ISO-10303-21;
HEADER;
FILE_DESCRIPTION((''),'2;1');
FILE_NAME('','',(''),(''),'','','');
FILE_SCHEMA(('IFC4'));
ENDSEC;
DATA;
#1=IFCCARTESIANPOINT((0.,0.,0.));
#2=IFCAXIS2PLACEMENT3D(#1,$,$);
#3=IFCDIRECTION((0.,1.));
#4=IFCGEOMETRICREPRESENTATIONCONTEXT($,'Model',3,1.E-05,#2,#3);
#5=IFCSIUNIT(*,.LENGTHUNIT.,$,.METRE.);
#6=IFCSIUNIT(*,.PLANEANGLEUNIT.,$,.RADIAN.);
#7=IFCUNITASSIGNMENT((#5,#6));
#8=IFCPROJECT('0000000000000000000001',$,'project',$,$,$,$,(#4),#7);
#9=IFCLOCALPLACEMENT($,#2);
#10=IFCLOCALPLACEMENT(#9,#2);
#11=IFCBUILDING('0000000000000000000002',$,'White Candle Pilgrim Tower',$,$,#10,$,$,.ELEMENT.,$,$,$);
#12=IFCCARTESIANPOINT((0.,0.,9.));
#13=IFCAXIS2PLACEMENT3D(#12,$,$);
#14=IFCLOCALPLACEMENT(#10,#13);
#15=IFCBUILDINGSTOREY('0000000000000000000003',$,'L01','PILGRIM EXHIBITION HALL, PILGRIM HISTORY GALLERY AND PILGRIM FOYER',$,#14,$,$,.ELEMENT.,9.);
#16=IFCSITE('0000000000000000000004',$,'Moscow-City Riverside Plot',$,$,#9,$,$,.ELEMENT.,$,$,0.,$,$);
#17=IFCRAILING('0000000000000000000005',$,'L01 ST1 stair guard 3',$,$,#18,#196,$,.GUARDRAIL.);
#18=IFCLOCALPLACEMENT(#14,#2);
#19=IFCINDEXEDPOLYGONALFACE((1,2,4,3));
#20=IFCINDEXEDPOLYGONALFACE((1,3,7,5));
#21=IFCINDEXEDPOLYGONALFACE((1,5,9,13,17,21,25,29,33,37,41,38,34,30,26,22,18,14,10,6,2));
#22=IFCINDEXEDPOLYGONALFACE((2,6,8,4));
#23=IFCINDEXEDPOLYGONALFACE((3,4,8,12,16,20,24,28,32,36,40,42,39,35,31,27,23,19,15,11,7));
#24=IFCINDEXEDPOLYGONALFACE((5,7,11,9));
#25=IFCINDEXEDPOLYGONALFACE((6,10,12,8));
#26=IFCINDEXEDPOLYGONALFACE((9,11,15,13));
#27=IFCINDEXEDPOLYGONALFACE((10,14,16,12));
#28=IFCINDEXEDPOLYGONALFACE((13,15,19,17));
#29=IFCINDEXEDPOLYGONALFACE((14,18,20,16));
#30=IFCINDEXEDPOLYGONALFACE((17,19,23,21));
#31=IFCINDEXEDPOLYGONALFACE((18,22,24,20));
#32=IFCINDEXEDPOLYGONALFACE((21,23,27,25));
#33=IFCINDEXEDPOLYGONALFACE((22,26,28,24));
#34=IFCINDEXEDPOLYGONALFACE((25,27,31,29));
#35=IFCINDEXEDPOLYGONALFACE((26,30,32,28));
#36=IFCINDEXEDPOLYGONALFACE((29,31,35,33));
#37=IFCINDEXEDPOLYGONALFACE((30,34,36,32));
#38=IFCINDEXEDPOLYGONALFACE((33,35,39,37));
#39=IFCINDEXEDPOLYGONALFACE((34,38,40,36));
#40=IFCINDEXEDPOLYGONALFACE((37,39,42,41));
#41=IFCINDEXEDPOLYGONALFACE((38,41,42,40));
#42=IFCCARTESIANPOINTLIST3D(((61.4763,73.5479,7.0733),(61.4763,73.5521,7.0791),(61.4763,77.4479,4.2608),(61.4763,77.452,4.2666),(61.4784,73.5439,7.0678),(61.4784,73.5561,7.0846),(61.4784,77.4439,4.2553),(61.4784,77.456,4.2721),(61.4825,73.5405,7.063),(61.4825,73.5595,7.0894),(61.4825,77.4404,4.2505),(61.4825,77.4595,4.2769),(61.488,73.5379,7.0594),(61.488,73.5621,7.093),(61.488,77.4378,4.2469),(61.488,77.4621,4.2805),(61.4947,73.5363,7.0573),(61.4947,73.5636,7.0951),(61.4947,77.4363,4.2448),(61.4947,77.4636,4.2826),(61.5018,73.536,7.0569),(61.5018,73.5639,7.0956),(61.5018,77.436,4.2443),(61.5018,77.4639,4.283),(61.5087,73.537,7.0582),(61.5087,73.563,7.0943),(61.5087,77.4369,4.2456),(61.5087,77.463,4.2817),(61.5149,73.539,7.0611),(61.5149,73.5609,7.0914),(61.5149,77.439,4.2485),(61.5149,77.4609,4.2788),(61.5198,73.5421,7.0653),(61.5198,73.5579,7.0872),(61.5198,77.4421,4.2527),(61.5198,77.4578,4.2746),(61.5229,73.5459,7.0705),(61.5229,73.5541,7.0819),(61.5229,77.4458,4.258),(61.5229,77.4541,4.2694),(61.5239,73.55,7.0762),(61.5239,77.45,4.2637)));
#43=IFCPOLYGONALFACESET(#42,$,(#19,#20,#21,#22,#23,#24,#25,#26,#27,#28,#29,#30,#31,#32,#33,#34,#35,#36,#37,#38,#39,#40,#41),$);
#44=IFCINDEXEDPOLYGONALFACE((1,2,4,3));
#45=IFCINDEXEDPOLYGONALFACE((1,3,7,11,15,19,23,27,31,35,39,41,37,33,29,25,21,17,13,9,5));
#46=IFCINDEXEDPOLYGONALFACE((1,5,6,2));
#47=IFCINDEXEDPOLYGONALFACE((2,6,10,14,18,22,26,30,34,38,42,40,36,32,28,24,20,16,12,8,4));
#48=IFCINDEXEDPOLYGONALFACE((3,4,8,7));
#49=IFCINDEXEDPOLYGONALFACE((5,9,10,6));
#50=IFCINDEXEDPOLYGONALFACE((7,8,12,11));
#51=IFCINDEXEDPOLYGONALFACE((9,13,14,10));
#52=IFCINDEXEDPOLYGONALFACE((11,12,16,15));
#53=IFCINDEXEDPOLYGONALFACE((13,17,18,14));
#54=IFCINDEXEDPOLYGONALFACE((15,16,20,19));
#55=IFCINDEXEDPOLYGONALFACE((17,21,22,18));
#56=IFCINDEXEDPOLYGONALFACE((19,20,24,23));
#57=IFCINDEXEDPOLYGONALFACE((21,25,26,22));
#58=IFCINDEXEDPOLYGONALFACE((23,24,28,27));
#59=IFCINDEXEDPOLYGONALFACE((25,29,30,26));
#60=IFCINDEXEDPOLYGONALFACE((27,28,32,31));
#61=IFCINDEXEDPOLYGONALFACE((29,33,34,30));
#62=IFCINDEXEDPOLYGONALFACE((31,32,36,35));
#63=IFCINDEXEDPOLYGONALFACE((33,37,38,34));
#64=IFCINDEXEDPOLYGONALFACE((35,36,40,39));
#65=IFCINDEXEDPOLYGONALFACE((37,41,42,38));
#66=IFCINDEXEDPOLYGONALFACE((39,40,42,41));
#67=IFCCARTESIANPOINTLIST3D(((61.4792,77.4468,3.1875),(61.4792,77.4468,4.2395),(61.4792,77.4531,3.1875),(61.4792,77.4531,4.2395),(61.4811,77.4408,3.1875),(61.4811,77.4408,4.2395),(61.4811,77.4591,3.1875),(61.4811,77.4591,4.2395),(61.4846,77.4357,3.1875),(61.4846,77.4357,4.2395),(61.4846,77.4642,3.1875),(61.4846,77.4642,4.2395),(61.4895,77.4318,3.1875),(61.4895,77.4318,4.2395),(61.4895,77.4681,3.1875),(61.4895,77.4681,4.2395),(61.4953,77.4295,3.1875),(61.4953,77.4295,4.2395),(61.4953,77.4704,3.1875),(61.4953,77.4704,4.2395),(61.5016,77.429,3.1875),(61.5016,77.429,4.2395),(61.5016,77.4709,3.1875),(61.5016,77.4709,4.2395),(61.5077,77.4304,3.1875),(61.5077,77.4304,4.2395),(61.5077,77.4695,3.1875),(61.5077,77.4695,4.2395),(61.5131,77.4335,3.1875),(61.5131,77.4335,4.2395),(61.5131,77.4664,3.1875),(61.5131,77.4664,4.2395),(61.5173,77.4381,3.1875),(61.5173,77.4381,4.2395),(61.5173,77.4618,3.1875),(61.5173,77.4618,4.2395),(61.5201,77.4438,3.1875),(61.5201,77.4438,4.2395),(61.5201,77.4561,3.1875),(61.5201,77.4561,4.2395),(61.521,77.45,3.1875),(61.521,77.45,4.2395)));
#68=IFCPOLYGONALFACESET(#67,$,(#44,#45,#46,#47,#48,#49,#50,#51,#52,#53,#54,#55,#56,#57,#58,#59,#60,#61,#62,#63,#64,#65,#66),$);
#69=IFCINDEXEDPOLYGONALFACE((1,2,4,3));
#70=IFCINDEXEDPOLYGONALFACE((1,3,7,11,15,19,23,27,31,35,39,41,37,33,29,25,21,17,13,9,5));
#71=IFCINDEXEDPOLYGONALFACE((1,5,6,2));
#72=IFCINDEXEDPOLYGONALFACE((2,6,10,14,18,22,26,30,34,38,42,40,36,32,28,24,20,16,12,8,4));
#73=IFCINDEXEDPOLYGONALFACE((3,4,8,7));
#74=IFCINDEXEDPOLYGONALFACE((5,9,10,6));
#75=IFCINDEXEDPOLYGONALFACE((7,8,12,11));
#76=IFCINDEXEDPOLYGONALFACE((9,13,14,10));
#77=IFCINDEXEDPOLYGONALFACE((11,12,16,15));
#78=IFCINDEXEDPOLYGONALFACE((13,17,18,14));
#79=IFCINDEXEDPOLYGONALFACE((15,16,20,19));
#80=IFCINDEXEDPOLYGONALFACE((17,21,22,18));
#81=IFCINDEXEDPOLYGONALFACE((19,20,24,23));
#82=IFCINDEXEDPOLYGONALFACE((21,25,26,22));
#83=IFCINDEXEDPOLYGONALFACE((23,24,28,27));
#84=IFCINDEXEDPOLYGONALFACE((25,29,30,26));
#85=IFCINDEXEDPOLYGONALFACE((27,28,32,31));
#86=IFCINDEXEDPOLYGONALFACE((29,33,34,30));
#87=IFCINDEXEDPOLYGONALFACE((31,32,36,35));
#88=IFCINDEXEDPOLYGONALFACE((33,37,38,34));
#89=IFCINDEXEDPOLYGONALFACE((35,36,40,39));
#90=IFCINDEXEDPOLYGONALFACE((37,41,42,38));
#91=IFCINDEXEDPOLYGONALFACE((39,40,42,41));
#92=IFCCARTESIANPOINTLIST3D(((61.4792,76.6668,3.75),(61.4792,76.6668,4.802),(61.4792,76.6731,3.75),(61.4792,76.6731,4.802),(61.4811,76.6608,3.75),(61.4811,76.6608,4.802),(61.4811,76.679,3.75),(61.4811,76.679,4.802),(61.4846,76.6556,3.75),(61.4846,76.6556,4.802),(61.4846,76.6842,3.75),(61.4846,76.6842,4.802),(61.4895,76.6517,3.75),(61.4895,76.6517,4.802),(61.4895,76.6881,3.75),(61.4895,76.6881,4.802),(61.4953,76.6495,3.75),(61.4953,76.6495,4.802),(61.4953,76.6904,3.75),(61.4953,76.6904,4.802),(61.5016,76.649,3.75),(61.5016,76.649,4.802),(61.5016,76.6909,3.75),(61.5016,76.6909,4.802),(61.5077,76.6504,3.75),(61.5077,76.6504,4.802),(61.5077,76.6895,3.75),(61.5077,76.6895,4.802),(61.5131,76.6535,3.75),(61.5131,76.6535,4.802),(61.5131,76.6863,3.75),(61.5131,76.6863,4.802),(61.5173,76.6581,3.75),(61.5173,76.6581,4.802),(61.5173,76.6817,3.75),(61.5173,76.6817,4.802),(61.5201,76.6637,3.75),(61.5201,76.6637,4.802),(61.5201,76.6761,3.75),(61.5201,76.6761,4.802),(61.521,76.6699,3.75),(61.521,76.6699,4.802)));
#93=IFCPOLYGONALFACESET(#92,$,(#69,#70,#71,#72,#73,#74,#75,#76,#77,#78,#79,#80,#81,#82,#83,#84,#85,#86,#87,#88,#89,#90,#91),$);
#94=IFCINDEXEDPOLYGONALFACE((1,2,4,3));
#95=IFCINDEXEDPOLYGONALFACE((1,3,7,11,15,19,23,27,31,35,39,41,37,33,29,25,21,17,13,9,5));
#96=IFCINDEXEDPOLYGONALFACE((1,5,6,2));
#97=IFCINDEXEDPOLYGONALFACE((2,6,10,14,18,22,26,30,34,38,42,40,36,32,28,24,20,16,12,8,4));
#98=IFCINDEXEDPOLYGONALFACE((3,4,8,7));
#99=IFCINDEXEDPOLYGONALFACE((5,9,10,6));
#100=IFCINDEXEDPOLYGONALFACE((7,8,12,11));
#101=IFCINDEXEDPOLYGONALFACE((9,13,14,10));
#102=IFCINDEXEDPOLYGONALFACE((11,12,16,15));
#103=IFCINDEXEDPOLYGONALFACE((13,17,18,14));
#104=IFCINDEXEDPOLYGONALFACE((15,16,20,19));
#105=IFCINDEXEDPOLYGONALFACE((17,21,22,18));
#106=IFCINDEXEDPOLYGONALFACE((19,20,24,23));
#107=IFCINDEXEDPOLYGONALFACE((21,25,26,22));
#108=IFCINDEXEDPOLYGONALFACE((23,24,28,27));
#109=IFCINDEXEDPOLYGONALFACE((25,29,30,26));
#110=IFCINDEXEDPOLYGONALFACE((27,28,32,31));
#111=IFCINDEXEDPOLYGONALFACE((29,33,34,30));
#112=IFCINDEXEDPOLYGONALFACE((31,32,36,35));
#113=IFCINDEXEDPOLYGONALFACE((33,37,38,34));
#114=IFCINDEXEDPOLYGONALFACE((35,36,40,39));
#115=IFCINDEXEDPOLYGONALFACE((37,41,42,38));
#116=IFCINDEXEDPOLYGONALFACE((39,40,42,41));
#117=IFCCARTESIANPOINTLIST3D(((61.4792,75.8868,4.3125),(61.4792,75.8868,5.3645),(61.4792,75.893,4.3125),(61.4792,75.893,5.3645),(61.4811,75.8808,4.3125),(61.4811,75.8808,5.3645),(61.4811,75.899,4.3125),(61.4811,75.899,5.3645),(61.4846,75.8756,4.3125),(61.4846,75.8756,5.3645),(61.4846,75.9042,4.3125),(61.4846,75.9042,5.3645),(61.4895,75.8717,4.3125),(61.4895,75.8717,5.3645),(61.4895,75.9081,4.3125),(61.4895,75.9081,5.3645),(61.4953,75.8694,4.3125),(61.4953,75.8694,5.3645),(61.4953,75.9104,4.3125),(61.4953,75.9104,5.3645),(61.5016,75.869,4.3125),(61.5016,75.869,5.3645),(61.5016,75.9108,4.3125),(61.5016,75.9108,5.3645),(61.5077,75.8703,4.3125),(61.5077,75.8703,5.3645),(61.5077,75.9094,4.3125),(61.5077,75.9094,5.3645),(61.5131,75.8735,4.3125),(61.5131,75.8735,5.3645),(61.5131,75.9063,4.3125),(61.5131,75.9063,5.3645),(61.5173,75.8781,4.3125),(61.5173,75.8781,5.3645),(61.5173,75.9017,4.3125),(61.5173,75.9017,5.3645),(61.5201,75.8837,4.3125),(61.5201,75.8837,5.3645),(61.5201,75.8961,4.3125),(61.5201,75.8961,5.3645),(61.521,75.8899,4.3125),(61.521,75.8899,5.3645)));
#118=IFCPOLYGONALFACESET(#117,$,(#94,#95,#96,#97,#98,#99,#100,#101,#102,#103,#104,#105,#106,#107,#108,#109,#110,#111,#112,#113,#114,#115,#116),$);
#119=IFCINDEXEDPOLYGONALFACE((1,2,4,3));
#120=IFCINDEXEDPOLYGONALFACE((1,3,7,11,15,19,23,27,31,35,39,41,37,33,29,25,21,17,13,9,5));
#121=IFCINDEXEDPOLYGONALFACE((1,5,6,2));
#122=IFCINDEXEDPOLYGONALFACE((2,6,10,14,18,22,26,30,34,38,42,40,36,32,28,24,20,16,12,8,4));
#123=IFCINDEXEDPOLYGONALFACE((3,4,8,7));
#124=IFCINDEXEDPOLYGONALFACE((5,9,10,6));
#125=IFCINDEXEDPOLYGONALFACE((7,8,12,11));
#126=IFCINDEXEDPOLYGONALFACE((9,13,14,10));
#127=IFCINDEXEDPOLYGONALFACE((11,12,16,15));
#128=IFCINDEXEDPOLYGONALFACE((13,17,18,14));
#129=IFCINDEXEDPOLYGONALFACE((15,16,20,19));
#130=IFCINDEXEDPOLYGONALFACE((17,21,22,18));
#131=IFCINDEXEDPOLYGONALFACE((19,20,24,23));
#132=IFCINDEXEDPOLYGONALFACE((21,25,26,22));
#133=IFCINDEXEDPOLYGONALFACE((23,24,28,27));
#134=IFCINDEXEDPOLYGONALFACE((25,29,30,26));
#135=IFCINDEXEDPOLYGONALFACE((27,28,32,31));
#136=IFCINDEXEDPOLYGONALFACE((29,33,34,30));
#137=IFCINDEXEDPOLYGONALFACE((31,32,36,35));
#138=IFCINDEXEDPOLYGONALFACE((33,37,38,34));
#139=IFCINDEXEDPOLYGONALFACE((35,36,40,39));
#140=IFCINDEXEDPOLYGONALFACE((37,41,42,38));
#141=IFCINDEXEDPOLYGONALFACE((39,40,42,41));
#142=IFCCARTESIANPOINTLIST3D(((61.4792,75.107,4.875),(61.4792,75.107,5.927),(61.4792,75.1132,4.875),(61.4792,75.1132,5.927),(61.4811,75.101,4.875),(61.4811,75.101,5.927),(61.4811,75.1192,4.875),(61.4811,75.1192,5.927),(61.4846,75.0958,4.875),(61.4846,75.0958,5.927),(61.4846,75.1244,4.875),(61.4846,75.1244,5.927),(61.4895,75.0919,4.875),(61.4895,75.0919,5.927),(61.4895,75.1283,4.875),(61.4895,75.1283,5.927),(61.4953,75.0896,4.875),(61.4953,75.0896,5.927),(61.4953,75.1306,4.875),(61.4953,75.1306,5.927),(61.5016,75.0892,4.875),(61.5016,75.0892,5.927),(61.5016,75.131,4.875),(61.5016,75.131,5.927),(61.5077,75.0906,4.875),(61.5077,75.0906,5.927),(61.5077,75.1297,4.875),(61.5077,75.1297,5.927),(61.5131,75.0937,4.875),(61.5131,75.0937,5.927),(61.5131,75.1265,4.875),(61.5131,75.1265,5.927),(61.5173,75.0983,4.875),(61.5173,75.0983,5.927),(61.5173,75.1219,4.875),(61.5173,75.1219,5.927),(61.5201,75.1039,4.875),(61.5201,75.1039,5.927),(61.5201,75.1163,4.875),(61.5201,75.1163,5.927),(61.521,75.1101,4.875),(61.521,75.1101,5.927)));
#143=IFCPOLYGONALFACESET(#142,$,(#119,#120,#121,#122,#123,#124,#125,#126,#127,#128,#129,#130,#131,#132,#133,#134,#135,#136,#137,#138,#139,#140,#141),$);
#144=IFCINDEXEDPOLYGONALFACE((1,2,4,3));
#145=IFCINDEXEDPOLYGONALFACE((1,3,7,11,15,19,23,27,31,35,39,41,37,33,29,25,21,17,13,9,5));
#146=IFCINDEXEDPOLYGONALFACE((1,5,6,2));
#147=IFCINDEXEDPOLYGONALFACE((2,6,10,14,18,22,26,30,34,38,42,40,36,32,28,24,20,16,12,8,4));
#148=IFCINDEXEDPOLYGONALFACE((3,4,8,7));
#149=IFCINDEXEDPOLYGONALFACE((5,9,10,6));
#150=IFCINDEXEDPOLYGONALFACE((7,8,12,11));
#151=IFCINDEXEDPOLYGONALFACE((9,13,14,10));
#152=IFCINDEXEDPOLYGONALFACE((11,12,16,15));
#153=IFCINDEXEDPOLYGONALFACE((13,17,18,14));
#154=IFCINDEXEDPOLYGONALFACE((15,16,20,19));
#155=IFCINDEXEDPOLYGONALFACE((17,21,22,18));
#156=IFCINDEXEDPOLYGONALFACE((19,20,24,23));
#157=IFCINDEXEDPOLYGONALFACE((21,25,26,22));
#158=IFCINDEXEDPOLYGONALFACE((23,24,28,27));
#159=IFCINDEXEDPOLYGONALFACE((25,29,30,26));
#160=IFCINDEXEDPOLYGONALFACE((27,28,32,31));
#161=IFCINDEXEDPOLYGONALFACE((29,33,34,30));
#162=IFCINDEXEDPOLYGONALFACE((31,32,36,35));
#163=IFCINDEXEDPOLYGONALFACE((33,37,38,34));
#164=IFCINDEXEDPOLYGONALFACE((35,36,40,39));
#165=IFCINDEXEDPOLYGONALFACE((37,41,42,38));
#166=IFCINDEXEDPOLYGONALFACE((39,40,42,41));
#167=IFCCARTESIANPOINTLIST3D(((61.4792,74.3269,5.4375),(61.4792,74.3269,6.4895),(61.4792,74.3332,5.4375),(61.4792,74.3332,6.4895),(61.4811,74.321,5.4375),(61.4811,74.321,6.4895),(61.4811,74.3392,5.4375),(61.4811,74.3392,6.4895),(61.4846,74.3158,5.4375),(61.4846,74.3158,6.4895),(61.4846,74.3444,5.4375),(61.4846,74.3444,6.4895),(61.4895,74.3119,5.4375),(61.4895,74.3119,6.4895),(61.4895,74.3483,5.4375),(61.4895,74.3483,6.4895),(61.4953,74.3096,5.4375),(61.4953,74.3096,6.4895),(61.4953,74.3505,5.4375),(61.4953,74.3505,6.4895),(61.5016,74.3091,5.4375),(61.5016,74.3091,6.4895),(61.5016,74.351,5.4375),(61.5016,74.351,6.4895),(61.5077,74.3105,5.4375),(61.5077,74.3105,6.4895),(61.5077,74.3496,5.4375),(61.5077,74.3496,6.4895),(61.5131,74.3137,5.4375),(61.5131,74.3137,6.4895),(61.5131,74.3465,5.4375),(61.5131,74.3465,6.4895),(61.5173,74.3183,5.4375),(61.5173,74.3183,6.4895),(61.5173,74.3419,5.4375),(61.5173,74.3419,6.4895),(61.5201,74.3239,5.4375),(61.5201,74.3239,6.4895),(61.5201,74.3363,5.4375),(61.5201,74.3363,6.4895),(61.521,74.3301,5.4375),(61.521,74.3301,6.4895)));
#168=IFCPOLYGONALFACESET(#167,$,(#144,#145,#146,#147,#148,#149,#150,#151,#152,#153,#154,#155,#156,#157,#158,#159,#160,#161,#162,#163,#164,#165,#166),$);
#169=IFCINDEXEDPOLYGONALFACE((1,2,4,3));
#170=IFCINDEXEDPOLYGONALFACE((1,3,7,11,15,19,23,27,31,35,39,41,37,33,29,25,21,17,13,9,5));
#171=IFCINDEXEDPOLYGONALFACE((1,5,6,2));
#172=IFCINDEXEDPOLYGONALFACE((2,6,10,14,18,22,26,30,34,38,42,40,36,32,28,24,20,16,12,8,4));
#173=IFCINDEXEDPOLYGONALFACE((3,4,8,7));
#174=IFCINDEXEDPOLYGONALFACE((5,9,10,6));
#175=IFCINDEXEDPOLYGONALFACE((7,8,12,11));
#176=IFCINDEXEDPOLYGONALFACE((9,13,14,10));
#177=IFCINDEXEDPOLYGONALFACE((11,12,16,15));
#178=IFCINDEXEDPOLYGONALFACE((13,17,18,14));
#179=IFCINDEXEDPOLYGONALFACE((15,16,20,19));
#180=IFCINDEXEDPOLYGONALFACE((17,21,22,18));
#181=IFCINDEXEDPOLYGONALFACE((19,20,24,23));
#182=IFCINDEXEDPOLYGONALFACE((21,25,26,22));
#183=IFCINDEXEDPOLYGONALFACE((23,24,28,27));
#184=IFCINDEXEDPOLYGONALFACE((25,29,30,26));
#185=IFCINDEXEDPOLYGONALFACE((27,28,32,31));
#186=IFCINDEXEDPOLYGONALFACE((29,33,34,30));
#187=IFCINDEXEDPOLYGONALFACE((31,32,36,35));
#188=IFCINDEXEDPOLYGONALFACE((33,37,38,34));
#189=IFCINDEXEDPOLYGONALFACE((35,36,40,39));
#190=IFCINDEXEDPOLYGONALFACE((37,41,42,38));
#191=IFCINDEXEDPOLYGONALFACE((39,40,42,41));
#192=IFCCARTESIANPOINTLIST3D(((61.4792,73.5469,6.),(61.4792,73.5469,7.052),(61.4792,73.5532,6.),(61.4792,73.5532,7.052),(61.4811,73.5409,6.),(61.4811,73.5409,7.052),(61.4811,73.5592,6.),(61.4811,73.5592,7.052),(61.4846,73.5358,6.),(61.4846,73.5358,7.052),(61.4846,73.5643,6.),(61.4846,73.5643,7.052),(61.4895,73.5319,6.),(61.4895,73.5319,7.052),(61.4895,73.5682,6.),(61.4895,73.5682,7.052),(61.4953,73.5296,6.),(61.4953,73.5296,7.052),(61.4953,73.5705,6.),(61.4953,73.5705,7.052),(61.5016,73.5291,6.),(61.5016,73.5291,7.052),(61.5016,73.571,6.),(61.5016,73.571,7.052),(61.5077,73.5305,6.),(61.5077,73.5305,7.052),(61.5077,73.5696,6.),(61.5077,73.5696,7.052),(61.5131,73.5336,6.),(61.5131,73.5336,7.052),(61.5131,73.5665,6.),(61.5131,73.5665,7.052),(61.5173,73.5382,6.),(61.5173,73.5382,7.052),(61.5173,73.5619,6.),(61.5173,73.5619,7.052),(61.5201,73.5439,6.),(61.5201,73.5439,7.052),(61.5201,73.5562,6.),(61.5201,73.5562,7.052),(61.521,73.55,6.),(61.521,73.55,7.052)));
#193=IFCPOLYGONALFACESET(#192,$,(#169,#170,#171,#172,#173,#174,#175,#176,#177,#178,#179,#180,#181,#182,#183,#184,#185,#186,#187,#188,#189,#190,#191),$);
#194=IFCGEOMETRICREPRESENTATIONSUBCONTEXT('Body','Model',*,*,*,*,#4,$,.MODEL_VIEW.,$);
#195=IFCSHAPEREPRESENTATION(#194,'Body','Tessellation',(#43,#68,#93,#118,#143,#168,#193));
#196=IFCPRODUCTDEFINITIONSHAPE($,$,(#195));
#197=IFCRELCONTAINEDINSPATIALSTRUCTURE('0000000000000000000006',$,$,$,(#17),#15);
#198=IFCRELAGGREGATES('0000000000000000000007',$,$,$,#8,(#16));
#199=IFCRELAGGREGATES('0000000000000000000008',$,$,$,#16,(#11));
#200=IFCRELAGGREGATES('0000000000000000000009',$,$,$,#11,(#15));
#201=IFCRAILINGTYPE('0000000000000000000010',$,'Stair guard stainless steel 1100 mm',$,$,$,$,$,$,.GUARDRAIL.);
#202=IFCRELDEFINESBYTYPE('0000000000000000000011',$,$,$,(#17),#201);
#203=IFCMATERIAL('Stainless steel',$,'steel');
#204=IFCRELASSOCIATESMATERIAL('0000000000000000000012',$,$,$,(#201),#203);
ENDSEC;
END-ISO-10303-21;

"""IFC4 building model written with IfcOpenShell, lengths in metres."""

from ifc_helpers import new_model, si_unit, direction, frame, origin, origin_2d, place, context, subcontext, project, spatial, circle, extrude, material, type_object, element, save


model = new_model("IFC4")

# Units and contexts
model_context = context("Model", 3, precision=1e-05, world=origin(), true_north=direction((0.0, 1.0)))
body_context = subcontext(model_context, "Body", "Model", "MODEL_VIEW")
ifc_project = project(units=[si_unit("LENGTHUNIT", "METRE"), si_unit("PLANEANGLEUNIT", "RADIAN")], contexts=[model_context])

# Site, building, storey
site_placement = place(None, origin())
site = spatial("IfcSite", under=ifc_project, at=site_placement, Name="Moscow-City Riverside Plot", CompositionType="ELEMENT", RefElevation=0.0)
building_placement = place(site_placement, origin())
building = spatial("IfcBuilding", under=site, at=building_placement, Name="White Candle Pilgrim Tower", CompositionType="ELEMENT")
storey_placement = place(building_placement, frame((0.0, 0.0, 9.0)))
storey = spatial("IfcBuildingStorey", under=building, at=storey_placement, Name="L01", Description="PILGRIM EXHIBITION HALL, PILGRIM HISTORY GALLERY AND PILGRIM FOYER", CompositionType="ELEMENT", Elevation=9.0)

# Railing
ifc_material_1 = material(Name="Stainless steel", Category="steel")
railing_type_1 = type_object("IfcRailingType", Name="Stair guard stainless steel 1100 mm", PredefinedType="GUARDRAIL", material=ifc_material_1)
railing_1_placement = place(storey_placement, frame((61.5, 77.45, 3.1875)))
element("IfcRailing", 1, at=railing_1_placement, inside=storey, type_object=railing_type_1, Name="L01 ST1 stair guard 3", PredefinedType="GUARDRAIL", context=body_context, shape_type="SweptSolid", body=[
    extrude(circle(Radius=0.0239, at=origin_2d()), frame((0.0, 0.0, 1.0762), z_axis=(0.0, -0.811083, 0.584931), x_axis=(1.0, 0.0, 0.0)), (0.0, 0.0, 1.0), 4.8083),
    extrude(circle(Radius=0.021, at=origin_2d()), origin(), (0.0, 0.0, 1.0), 1.052),
    extrude(circle(Radius=0.021, at=origin_2d()), frame((0.0, -0.78, 0.5625)), (0.0, 0.0, 1.0), 1.052),
    extrude(circle(Radius=0.021, at=origin_2d()), frame((0.0, -1.5601, 1.125)), (0.0, 0.0, 1.0), 1.052),
    extrude(circle(Radius=0.021, at=origin_2d()), frame((0.0, -2.3398, 1.6875)), (0.0, 0.0, 1.0), 1.052),
    extrude(circle(Radius=0.021, at=origin_2d()), frame((0.0, -3.1199, 2.25)), (0.0, 0.0, 1.0), 1.052),
    extrude(circle(Radius=0.021, at=origin_2d()), frame((0.0, -3.8999, 2.8125)), (0.0, 0.0, 1.0), 1.052),
])

save(model, "model.ifc")
